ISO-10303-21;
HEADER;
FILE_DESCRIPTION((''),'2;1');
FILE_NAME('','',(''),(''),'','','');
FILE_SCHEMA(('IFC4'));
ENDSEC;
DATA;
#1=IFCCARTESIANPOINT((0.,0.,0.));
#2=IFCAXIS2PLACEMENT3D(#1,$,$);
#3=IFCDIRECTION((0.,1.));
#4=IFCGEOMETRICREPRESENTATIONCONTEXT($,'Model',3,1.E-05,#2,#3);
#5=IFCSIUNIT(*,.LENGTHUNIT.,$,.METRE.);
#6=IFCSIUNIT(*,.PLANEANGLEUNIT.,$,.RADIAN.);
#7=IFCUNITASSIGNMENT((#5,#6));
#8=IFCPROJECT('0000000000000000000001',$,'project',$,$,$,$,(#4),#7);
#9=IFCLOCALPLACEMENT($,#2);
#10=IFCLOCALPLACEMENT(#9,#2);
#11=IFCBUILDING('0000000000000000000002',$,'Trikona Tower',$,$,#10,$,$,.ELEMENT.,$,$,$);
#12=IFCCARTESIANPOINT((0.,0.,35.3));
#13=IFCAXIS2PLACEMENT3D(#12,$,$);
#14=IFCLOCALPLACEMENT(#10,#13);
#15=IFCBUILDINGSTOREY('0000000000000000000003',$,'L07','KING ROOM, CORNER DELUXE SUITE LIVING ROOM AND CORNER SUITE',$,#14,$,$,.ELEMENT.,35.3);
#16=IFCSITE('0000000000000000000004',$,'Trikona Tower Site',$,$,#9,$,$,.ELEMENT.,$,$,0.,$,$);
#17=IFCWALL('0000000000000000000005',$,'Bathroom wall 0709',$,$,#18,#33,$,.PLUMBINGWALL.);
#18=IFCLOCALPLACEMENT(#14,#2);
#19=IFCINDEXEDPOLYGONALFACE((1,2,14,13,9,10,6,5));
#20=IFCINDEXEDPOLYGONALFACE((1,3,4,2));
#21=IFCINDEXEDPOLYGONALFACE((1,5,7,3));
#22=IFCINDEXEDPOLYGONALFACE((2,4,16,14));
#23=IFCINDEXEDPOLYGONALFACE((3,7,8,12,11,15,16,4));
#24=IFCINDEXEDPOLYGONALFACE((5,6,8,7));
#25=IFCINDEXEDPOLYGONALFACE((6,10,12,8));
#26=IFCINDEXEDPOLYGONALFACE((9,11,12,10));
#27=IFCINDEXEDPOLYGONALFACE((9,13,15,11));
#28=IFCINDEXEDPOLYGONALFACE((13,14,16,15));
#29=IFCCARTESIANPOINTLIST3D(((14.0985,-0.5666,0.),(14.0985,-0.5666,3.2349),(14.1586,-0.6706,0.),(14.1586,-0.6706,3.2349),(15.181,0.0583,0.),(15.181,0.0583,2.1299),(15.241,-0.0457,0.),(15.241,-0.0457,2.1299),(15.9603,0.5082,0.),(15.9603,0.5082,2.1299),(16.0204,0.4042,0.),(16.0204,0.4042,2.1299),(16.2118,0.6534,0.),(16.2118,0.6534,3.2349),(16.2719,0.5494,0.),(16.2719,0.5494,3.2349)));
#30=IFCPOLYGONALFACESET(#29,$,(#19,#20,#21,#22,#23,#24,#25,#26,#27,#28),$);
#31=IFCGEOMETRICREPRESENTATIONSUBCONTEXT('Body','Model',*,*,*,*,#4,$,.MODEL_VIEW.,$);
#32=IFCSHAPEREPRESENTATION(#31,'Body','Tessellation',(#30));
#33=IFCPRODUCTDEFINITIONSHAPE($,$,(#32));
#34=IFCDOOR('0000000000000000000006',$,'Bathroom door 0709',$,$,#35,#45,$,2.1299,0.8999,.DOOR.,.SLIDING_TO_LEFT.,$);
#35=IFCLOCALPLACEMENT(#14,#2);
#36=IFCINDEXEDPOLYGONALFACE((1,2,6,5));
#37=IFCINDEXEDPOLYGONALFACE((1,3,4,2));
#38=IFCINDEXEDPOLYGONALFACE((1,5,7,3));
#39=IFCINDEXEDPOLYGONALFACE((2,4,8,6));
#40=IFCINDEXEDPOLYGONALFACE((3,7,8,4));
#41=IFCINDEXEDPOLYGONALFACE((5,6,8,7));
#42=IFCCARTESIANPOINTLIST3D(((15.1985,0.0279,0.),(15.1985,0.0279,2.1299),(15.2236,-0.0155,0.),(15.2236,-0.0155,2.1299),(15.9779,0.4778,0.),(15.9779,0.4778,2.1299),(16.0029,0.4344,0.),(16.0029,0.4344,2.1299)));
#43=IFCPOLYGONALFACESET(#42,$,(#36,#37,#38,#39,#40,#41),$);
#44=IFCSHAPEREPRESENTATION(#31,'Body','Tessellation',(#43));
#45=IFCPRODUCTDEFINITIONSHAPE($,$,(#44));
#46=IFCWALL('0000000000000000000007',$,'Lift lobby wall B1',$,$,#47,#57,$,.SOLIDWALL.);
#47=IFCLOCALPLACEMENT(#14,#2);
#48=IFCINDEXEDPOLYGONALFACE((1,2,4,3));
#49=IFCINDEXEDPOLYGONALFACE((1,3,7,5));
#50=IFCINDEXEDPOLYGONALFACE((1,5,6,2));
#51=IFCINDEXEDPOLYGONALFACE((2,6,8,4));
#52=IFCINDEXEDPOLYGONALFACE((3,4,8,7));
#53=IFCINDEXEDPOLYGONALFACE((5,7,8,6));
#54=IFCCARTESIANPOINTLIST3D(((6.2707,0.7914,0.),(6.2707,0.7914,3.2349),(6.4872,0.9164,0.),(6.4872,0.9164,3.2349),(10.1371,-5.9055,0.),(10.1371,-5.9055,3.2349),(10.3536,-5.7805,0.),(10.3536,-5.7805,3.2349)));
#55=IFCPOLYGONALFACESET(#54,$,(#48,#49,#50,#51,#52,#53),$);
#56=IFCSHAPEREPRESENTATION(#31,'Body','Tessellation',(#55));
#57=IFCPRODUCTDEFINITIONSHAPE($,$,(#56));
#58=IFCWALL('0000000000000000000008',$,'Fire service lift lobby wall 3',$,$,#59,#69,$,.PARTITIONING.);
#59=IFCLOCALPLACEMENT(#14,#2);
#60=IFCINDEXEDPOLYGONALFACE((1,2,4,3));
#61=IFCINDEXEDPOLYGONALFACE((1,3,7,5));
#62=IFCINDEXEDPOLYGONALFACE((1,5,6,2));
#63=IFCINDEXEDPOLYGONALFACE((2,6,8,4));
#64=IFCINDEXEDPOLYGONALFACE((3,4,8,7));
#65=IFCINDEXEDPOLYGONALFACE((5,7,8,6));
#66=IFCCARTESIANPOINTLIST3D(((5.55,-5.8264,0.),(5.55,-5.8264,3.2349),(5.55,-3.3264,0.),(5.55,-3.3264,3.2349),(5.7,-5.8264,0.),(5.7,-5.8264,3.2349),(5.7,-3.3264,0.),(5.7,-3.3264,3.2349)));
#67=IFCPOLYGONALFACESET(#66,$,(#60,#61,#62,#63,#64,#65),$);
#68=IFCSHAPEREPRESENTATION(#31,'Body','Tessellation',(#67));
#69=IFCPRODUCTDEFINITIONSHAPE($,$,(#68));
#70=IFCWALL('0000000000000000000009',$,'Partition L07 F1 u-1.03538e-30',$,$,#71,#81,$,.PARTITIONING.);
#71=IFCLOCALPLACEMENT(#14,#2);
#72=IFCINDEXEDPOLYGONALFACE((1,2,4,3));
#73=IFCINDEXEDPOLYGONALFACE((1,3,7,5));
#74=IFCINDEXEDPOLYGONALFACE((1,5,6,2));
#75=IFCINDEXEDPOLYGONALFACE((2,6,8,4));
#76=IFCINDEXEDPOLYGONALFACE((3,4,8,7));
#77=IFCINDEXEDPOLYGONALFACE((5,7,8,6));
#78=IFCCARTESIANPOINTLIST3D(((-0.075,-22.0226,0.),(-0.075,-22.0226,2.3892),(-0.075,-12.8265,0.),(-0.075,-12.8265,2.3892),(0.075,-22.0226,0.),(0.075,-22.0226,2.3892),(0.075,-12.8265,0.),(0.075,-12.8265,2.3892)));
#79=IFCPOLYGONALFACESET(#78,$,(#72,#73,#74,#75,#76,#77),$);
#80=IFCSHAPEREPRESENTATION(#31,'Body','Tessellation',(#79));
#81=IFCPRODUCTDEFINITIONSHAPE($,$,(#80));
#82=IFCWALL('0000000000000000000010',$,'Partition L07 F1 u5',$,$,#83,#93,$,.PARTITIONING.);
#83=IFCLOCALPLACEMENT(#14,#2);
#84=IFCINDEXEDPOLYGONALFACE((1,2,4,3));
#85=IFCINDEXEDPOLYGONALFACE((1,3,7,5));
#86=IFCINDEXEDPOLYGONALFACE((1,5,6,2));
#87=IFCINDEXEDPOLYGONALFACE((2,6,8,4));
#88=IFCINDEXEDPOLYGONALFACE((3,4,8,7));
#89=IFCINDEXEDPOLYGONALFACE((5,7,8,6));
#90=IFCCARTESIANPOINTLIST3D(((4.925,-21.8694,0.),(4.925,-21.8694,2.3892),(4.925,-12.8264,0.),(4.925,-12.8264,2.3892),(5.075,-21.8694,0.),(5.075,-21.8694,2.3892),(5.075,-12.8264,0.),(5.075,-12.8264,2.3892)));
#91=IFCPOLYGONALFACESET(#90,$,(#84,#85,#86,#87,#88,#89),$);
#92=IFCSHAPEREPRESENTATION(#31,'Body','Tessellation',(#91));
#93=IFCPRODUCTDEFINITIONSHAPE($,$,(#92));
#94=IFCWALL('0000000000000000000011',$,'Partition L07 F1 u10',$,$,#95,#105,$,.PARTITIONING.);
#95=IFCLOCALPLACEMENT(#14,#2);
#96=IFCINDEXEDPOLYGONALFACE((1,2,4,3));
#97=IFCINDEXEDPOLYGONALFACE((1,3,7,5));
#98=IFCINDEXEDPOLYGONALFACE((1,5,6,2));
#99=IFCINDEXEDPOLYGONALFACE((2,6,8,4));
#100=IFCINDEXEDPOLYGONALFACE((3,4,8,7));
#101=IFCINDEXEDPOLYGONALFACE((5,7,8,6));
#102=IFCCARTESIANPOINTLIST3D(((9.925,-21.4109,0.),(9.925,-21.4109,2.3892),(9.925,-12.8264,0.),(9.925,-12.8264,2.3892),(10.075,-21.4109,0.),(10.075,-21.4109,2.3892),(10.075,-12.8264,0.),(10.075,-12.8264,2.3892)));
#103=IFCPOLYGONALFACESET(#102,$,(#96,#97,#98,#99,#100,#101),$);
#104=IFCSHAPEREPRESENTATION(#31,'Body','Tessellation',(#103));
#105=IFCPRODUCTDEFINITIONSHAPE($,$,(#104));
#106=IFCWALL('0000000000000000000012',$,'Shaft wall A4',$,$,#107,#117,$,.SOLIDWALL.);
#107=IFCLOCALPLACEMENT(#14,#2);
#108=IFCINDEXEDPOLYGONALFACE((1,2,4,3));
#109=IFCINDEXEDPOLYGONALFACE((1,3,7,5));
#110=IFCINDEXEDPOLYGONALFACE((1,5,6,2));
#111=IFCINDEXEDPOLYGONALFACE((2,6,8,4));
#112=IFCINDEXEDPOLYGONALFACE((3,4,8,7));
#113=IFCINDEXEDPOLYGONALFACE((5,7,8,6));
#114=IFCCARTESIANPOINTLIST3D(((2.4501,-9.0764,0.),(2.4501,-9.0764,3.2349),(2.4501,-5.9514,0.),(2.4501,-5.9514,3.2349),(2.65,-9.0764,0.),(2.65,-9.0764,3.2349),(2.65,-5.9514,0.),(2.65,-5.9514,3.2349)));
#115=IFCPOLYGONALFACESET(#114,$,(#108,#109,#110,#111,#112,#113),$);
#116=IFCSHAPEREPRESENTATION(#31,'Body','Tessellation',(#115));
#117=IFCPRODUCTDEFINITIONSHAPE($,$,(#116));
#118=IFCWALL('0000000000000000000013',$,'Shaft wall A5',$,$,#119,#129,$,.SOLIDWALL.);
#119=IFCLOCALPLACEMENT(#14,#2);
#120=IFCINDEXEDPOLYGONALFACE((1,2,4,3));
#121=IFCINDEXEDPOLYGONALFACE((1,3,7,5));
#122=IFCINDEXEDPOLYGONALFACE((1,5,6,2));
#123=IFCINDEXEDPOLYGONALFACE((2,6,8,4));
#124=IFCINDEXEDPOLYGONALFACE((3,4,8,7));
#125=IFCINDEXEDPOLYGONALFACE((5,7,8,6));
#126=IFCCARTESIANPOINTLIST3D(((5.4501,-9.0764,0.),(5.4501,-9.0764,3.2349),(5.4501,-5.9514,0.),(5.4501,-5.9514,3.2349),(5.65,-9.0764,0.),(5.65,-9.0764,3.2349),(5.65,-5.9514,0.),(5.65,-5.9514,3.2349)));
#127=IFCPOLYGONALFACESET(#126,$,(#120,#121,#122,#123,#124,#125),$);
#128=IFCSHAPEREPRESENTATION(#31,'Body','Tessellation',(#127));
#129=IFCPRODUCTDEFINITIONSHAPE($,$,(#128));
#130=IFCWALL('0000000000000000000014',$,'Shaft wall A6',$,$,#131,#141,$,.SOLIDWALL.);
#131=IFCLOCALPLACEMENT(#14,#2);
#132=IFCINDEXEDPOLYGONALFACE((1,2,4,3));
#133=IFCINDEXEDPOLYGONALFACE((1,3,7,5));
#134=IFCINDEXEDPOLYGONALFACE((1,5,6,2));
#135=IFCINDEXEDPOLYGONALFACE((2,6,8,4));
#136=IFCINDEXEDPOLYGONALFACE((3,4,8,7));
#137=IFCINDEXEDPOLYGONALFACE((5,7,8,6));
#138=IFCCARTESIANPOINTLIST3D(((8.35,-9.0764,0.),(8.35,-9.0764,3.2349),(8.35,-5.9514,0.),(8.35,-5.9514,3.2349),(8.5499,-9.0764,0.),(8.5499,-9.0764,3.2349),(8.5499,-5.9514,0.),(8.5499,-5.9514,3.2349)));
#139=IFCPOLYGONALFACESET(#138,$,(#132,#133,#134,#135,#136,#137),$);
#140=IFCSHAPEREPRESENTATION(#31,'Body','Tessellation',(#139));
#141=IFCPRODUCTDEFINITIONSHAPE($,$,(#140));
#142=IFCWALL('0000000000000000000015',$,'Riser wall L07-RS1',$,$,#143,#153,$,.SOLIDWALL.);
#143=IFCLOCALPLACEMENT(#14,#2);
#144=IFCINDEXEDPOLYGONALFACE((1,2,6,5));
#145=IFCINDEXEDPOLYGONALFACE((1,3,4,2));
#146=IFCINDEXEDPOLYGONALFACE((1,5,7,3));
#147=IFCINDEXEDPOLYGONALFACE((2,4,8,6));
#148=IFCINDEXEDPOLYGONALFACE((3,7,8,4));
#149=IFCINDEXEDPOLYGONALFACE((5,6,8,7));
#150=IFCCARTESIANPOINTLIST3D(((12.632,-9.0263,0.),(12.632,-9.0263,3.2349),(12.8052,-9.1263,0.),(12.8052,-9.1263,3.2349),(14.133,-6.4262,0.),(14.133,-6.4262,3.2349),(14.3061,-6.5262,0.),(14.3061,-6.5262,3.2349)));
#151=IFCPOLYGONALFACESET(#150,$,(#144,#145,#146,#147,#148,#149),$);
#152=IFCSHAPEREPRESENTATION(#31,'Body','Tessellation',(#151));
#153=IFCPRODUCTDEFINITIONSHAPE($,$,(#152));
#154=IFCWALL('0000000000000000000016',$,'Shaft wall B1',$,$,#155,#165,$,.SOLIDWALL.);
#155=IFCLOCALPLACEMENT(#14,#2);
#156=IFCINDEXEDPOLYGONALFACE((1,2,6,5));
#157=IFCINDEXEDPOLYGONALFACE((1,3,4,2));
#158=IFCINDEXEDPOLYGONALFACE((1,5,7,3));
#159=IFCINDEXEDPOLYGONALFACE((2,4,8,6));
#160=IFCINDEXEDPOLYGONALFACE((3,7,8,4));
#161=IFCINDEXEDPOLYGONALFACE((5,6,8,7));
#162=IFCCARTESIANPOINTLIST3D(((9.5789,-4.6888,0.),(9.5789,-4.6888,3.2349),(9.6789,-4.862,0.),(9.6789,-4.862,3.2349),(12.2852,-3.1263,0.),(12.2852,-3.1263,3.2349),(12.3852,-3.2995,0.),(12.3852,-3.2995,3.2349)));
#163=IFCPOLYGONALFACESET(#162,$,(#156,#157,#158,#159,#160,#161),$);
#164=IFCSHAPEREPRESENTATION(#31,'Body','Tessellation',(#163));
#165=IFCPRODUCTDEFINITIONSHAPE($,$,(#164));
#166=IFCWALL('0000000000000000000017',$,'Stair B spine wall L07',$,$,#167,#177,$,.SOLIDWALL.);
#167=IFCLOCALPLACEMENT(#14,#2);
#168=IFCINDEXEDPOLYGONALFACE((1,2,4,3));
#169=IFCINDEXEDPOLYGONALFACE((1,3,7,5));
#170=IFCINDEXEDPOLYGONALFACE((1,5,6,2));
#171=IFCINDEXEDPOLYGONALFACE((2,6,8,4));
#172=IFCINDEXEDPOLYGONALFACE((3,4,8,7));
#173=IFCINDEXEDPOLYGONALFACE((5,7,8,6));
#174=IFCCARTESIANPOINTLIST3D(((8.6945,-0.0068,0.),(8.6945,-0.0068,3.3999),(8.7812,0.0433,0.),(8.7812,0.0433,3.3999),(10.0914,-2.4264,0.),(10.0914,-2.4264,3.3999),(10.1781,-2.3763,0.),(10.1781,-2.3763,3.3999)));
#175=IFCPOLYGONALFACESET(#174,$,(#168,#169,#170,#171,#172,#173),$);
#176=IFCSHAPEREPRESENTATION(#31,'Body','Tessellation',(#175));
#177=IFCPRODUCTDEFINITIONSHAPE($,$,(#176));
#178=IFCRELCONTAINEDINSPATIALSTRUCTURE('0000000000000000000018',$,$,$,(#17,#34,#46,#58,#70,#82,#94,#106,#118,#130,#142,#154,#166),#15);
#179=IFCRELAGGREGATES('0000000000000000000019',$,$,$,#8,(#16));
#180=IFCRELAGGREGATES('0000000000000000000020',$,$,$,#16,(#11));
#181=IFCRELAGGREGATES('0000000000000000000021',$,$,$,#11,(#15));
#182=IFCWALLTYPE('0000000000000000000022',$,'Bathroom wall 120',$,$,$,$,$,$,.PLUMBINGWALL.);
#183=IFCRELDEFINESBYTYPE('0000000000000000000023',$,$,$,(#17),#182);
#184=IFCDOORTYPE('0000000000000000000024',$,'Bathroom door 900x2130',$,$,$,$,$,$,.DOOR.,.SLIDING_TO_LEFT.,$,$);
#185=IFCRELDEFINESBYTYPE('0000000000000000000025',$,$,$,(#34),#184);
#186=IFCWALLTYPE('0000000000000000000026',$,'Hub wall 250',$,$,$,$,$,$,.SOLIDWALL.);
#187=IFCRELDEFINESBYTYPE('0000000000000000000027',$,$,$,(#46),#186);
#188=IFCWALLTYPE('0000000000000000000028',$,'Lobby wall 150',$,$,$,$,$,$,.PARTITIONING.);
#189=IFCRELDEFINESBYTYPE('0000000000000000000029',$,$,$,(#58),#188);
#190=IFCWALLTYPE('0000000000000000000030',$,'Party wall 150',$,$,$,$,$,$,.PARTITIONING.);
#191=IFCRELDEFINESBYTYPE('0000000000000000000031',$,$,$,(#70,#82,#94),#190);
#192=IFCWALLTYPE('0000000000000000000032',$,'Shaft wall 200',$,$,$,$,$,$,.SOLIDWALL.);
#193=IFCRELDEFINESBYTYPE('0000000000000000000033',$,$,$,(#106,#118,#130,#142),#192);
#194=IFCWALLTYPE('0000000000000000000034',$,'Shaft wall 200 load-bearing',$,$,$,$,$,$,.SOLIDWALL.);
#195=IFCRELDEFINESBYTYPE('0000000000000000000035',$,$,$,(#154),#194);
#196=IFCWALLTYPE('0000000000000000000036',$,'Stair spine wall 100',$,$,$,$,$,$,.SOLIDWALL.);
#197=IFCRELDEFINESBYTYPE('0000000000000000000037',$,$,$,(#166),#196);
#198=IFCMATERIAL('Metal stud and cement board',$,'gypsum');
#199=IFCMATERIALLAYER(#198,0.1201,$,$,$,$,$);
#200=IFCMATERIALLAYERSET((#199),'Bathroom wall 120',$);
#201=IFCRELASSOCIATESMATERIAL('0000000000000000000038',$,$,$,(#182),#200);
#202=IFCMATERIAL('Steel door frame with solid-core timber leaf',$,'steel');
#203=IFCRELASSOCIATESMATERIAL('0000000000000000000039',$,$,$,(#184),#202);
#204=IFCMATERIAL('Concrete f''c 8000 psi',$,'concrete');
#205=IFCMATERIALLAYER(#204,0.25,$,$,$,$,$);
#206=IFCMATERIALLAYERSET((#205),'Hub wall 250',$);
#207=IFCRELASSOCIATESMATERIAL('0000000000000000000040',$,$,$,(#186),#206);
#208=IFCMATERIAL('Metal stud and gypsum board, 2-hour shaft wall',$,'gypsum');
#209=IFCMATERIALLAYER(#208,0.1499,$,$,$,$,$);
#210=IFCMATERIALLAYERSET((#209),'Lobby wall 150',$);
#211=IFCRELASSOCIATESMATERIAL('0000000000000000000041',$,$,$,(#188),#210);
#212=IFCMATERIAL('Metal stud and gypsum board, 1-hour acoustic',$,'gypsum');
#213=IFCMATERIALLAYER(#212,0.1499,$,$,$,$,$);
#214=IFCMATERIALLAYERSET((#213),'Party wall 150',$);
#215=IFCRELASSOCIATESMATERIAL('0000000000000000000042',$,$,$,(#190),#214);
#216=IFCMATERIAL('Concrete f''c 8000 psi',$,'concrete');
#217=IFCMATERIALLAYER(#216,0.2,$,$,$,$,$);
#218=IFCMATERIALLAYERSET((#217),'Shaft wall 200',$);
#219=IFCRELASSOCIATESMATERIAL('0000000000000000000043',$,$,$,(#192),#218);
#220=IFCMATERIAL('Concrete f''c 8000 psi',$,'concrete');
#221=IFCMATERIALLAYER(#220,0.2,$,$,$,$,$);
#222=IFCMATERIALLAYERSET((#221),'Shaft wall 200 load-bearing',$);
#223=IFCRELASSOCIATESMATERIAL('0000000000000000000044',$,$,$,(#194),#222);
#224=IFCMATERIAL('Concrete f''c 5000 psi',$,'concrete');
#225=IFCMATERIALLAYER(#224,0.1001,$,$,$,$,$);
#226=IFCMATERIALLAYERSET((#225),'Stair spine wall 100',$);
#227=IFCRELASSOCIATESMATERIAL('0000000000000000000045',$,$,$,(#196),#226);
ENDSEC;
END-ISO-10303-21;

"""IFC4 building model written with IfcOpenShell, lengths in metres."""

from ifc_helpers import new_model, si_unit, direction, frame, frame_2d, origin, place, context, subcontext, project, spatial, rectangle, extrude, material, layer, layer_set, type_object, element, fill, save


model = new_model("IFC4")

# Units and contexts
model_context = context("Model", 3, precision=1e-05, world=origin(), true_north=direction((0.0, 1.0)))
body_context = subcontext(model_context, "Body", "Model", "MODEL_VIEW")
ifc_project = project(units=[si_unit("LENGTHUNIT", "METRE"), si_unit("PLANEANGLEUNIT", "RADIAN")], contexts=[model_context])

# Site, building, storey
site_placement = place(None, origin())
site = spatial("IfcSite", under=ifc_project, at=site_placement, Name="Trikona Tower Site", CompositionType="ELEMENT", RefElevation=0.0)
building_placement = place(site_placement, origin())
building = spatial("IfcBuilding", under=site, at=building_placement, Name="Trikona Tower", CompositionType="ELEMENT")
storey_placement = place(building_placement, frame((0.0, 0.0, 35.3)))
storey = spatial("IfcBuildingStorey", under=building, at=storey_placement, Name="L07", Description="KING ROOM, CORNER DELUXE SUITE LIVING ROOM AND CORNER SUITE", CompositionType="ELEMENT", Elevation=35.3)

# Shared definitions
ifc_material_1 = material(Name="Metal stud and cement board", Category="gypsum")
ifc_layer_1 = layer(ifc_material_1, 0.1201)
ifc_layer_set_1 = layer_set([ifc_layer_1], Name="Bathroom wall 120")
wall_type_1 = type_object("IfcWallType", Name="Bathroom wall 120", PredefinedType="PLUMBINGWALL", material=ifc_layer_set_1)

# Shared definitions
ifc_material_2 = material(Name="Steel door frame with solid-core timber leaf", Category="steel")
door_type = type_object("IfcDoorType", Name="Bathroom door 900x2130", OperationType="SLIDING_TO_LEFT", PredefinedType="DOOR", material=ifc_material_2)

# Wall, opening, door
wall_1_placement = place(storey_placement, frame((14.1284, -0.6187, 0.0), z_axis=(0.0, 0.0, 1.0), x_axis=(0.866049, 0.499959, 0.0)))
wall_1 = element("IfcWall", 1, at=wall_1_placement, inside=storey, type_object=wall_type_1, Name="Bathroom wall 0709", PredefinedType="PLUMBINGWALL", context=body_context, shape_type="SweptSolid", body=[
    extrude(rectangle(XDim=2.4402, YDim=0.1201, at=frame_2d((1.2202, 0.0))), origin(), (0.0, 0.0, 1.0), 3.2349),
])
opening_1_placement = place(wall_1_placement, frame((1.25, 0.0, 0.0)))
opening_1 = element("IfcOpeningElement", 2, at=opening_1_placement, cuts=wall_1, PredefinedType="OPENING", context=body_context, shape_type="SweptSolid", body=[
    extrude(rectangle(XDim=0.8999, YDim=2.1299, at=frame_2d((0.45, 1.0649))), frame((0.0, 0.0701, 0.0), z_axis=(0.0, -1.0, 0.0), x_axis=(1.0, 0.0, 0.0)), (0.0, 0.0, 1.0), 0.1401),
])
door_1_placement = place(opening_1_placement, origin())
door_1 = element("IfcDoor", 3, at=door_1_placement, inside=storey, type_object=door_type, Name="Bathroom door 0709", OperationType="SLIDING_TO_LEFT", OverallHeight=2.1299, OverallWidth=0.8999, PredefinedType="DOOR", context=body_context, shape_type="SweptSolid", body=[
    extrude(rectangle(XDim=0.8999, YDim=2.1299, at=frame_2d((0.45, 1.0649))), frame((0.0, 0.0249, 0.0), z_axis=(0.0, -1.0, 0.0), x_axis=(1.0, 0.0, 0.0)), (0.0, 0.0, 1.0), 0.05),
])
fill(opening_1, door_1)

# Walls
ifc_material_3 = material(Name="Concrete f'c 8000 psi", Category="concrete")
ifc_layer_2 = layer(ifc_material_3, 0.25)
ifc_layer_set_2 = layer_set([ifc_layer_2], Name="Hub wall 250")
wall_type_2 = type_object("IfcWallType", Name="Hub wall 250", PredefinedType="SOLIDWALL", material=ifc_layer_set_2)
wall_2_placement = place(storey_placement, frame((10.2454, -5.843, 0.0), z_axis=(0.0, 0.0, 1.0), x_axis=(-0.499993, 0.866029, 0.0)))
element("IfcWall", 4, at=wall_2_placement, inside=storey, type_object=wall_type_2, Name="Lift lobby wall B1", PredefinedType="SOLIDWALL", context=body_context, shape_type="SweptSolid", body=[
    extrude(rectangle(XDim=7.7329, YDim=0.25, at=frame_2d((3.8665, 0.0))), origin(), (0.0, 0.0, 1.0), 3.2349),
])
ifc_material_4 = material(Name="Metal stud and gypsum board, 2-hour shaft wall", Category="gypsum")
ifc_layer_3 = layer(ifc_material_4, 0.1499)
ifc_layer_set_3 = layer_set([ifc_layer_3], Name="Lobby wall 150")
wall_type_3 = type_object("IfcWallType", Name="Lobby wall 150", PredefinedType="PARTITIONING", material=ifc_layer_set_3)
wall_3_placement = place(storey_placement, frame((5.625, -5.8264, 0.0), z_axis=(0.0, 0.0, 1.0), x_axis=(0.0, 1.0, 0.0)))
element("IfcWall", 5, at=wall_3_placement, inside=storey, type_object=wall_type_3, Name="Fire service lift lobby wall 3", PredefinedType="PARTITIONING", context=body_context, shape_type="SweptSolid", body=[
    extrude(rectangle(XDim=2.5, YDim=0.1499, at=frame_2d((1.25, 0.0))), origin(), (0.0, 0.0, 1.0), 3.2349),
])
ifc_material_5 = material(Name="Metal stud and gypsum board, 1-hour acoustic", Category="gypsum")
ifc_layer_4 = layer(ifc_material_5, 0.1499)
ifc_layer_set_4 = layer_set([ifc_layer_4], Name="Party wall 150")
wall_type_4 = type_object("IfcWallType", Name="Party wall 150", PredefinedType="PARTITIONING", material=ifc_layer_set_4)
wall_4_placement = place(storey_placement, frame((0.0, -12.8264, 0.0), z_axis=(0.0, 0.0, 1.0), x_axis=(0.0, -1.0, 0.0)))
element("IfcWall", 6, at=wall_4_placement, inside=storey, type_object=wall_type_4, Name="Partition L07 F1 u-1.03538e-30", PredefinedType="PARTITIONING", context=body_context, shape_type="SweptSolid", body=[
    extrude(rectangle(XDim=9.196, YDim=0.1499, at=frame_2d((4.5981, 0.0))), origin(), (0.0, 0.0, 1.0), 2.3892),
])
wall_5_placement = place(storey_placement, frame((5.0, -12.8264, 0.0), z_axis=(0.0, 0.0, 1.0), x_axis=(0.0, -1.0, 0.0)))
element("IfcWall", 7, at=wall_5_placement, inside=storey, type_object=wall_type_4, Name="Partition L07 F1 u5", PredefinedType="PARTITIONING", context=body_context, shape_type="SweptSolid", body=[
    extrude(rectangle(XDim=9.043, YDim=0.1499, at=frame_2d((4.5215, 0.0))), origin(), (0.0, 0.0, 1.0), 2.3892),
])
wall_6_placement = place(storey_placement, frame((10.0, -12.8264, 0.0), z_axis=(0.0, 0.0, 1.0), x_axis=(0.0, -1.0, 0.0)))
element("IfcWall", 8, at=wall_6_placement, inside=storey, type_object=wall_type_4, Name="Partition L07 F1 u10", PredefinedType="PARTITIONING", context=body_context, shape_type="SweptSolid", body=[
    extrude(rectangle(XDim=8.5845, YDim=0.1499, at=frame_2d((4.2922, 0.0))), origin(), (0.0, 0.0, 1.0), 2.3892),
])
ifc_material_6 = material(Name="Concrete f'c 8000 psi", Category="concrete")
ifc_layer_5 = layer(ifc_material_6, 0.2)
ifc_layer_set_5 = layer_set([ifc_layer_5], Name="Shaft wall 200")
wall_type_5 = type_object("IfcWallType", Name="Shaft wall 200", PredefinedType="SOLIDWALL", material=ifc_layer_set_5)
for number, where, z_axis, x_axis, name in (
    (9, (2.55, -5.9514, 0.0), (0.0, 0.0, 1.0), (0.0, -1.0, 0.0), "Shaft wall A4"),
    (10, (5.55, -5.9514, 0.0), (0.0, 0.0, 1.0), (0.0, -1.0, 0.0), "Shaft wall A5"),
    (11, (8.45, -5.9514, 0.0), (0.0, 0.0, 1.0), (0.0, -1.0, 0.0), "Shaft wall A6"),
):
    element("IfcWall", number, at=place(storey_placement, frame(where, z_axis=z_axis, x_axis=x_axis)), inside=storey, type_object=wall_type_5, Name=name, PredefinedType="SOLIDWALL", context=body_context, shape_type="SweptSolid", body=[
        extrude(rectangle(XDim=3.125, YDim=0.2, at=frame_2d((1.5625, 0.0))), origin(), (0.0, 0.0, 1.0), 3.2349),
    ])
wall_7_placement = place(storey_placement, frame((14.2195, -6.4763, 0.0), z_axis=(0.0, 0.0, 1.0), x_axis=(-0.499952, -0.866053, 0.0)))
element("IfcWall", 12, at=wall_7_placement, inside=storey, type_object=wall_type_5, Name="Riser wall L07-RS1", PredefinedType="SOLIDWALL", context=body_context, shape_type="SweptSolid", body=[
    extrude(rectangle(XDim=3.0022, YDim=0.2, at=frame_2d((1.501, 0.0))), origin(), (0.0, 0.0, 1.0), 3.2349),
])
ifc_material_7 = material(Name="Concrete f'c 8000 psi", Category="concrete")
ifc_layer_6 = layer(ifc_material_7, 0.2)
ifc_layer_set_6 = layer_set([ifc_layer_6], Name="Shaft wall 200 load-bearing")
wall_type_6 = type_object("IfcWallType", Name="Shaft wall 200 load-bearing", PredefinedType="SOLIDWALL", material=ifc_layer_set_6)
wall_8_placement = place(storey_placement, frame((9.6289, -4.7754, 0.0), z_axis=(0.0, 0.0, 1.0), x_axis=(0.866023, 0.500004, 0.0)))
element("IfcWall", 13, at=wall_8_placement, inside=storey, type_object=wall_type_6, Name="Shaft wall B1", PredefinedType="SOLIDWALL", context=body_context, shape_type="SweptSolid", body=[
    extrude(rectangle(XDim=3.125, YDim=0.2, at=frame_2d((1.5625, 0.0))), origin(), (0.0, 0.0, 1.0), 3.2349),
])
ifc_material_8 = material(Name="Concrete f'c 5000 psi", Category="concrete")
ifc_layer_7 = layer(ifc_material_8, 0.1001)
ifc_layer_set_7 = layer_set([ifc_layer_7], Name="Stair spine wall 100")
wall_type_7 = type_object("IfcWallType", Name="Stair spine wall 100", PredefinedType="SOLIDWALL", material=ifc_layer_set_7)
wall_9_placement = place(storey_placement, frame((10.1348, -2.4014, 0.0), z_axis=(0.0, 0.0, 1.0), x_axis=(-0.499992, 0.86603, 0.0)))
element("IfcWall", 14, at=wall_9_placement, inside=storey, type_object=wall_type_7, Name="Stair B spine wall L07", PredefinedType="SOLIDWALL", context=body_context, shape_type="SweptSolid", body=[
    extrude(rectangle(XDim=2.7939, YDim=0.1001, at=frame_2d((1.397, 0.0))), origin(), (0.0, 0.0, 1.0), 3.3999),
])

save(model, "model.ifc")
